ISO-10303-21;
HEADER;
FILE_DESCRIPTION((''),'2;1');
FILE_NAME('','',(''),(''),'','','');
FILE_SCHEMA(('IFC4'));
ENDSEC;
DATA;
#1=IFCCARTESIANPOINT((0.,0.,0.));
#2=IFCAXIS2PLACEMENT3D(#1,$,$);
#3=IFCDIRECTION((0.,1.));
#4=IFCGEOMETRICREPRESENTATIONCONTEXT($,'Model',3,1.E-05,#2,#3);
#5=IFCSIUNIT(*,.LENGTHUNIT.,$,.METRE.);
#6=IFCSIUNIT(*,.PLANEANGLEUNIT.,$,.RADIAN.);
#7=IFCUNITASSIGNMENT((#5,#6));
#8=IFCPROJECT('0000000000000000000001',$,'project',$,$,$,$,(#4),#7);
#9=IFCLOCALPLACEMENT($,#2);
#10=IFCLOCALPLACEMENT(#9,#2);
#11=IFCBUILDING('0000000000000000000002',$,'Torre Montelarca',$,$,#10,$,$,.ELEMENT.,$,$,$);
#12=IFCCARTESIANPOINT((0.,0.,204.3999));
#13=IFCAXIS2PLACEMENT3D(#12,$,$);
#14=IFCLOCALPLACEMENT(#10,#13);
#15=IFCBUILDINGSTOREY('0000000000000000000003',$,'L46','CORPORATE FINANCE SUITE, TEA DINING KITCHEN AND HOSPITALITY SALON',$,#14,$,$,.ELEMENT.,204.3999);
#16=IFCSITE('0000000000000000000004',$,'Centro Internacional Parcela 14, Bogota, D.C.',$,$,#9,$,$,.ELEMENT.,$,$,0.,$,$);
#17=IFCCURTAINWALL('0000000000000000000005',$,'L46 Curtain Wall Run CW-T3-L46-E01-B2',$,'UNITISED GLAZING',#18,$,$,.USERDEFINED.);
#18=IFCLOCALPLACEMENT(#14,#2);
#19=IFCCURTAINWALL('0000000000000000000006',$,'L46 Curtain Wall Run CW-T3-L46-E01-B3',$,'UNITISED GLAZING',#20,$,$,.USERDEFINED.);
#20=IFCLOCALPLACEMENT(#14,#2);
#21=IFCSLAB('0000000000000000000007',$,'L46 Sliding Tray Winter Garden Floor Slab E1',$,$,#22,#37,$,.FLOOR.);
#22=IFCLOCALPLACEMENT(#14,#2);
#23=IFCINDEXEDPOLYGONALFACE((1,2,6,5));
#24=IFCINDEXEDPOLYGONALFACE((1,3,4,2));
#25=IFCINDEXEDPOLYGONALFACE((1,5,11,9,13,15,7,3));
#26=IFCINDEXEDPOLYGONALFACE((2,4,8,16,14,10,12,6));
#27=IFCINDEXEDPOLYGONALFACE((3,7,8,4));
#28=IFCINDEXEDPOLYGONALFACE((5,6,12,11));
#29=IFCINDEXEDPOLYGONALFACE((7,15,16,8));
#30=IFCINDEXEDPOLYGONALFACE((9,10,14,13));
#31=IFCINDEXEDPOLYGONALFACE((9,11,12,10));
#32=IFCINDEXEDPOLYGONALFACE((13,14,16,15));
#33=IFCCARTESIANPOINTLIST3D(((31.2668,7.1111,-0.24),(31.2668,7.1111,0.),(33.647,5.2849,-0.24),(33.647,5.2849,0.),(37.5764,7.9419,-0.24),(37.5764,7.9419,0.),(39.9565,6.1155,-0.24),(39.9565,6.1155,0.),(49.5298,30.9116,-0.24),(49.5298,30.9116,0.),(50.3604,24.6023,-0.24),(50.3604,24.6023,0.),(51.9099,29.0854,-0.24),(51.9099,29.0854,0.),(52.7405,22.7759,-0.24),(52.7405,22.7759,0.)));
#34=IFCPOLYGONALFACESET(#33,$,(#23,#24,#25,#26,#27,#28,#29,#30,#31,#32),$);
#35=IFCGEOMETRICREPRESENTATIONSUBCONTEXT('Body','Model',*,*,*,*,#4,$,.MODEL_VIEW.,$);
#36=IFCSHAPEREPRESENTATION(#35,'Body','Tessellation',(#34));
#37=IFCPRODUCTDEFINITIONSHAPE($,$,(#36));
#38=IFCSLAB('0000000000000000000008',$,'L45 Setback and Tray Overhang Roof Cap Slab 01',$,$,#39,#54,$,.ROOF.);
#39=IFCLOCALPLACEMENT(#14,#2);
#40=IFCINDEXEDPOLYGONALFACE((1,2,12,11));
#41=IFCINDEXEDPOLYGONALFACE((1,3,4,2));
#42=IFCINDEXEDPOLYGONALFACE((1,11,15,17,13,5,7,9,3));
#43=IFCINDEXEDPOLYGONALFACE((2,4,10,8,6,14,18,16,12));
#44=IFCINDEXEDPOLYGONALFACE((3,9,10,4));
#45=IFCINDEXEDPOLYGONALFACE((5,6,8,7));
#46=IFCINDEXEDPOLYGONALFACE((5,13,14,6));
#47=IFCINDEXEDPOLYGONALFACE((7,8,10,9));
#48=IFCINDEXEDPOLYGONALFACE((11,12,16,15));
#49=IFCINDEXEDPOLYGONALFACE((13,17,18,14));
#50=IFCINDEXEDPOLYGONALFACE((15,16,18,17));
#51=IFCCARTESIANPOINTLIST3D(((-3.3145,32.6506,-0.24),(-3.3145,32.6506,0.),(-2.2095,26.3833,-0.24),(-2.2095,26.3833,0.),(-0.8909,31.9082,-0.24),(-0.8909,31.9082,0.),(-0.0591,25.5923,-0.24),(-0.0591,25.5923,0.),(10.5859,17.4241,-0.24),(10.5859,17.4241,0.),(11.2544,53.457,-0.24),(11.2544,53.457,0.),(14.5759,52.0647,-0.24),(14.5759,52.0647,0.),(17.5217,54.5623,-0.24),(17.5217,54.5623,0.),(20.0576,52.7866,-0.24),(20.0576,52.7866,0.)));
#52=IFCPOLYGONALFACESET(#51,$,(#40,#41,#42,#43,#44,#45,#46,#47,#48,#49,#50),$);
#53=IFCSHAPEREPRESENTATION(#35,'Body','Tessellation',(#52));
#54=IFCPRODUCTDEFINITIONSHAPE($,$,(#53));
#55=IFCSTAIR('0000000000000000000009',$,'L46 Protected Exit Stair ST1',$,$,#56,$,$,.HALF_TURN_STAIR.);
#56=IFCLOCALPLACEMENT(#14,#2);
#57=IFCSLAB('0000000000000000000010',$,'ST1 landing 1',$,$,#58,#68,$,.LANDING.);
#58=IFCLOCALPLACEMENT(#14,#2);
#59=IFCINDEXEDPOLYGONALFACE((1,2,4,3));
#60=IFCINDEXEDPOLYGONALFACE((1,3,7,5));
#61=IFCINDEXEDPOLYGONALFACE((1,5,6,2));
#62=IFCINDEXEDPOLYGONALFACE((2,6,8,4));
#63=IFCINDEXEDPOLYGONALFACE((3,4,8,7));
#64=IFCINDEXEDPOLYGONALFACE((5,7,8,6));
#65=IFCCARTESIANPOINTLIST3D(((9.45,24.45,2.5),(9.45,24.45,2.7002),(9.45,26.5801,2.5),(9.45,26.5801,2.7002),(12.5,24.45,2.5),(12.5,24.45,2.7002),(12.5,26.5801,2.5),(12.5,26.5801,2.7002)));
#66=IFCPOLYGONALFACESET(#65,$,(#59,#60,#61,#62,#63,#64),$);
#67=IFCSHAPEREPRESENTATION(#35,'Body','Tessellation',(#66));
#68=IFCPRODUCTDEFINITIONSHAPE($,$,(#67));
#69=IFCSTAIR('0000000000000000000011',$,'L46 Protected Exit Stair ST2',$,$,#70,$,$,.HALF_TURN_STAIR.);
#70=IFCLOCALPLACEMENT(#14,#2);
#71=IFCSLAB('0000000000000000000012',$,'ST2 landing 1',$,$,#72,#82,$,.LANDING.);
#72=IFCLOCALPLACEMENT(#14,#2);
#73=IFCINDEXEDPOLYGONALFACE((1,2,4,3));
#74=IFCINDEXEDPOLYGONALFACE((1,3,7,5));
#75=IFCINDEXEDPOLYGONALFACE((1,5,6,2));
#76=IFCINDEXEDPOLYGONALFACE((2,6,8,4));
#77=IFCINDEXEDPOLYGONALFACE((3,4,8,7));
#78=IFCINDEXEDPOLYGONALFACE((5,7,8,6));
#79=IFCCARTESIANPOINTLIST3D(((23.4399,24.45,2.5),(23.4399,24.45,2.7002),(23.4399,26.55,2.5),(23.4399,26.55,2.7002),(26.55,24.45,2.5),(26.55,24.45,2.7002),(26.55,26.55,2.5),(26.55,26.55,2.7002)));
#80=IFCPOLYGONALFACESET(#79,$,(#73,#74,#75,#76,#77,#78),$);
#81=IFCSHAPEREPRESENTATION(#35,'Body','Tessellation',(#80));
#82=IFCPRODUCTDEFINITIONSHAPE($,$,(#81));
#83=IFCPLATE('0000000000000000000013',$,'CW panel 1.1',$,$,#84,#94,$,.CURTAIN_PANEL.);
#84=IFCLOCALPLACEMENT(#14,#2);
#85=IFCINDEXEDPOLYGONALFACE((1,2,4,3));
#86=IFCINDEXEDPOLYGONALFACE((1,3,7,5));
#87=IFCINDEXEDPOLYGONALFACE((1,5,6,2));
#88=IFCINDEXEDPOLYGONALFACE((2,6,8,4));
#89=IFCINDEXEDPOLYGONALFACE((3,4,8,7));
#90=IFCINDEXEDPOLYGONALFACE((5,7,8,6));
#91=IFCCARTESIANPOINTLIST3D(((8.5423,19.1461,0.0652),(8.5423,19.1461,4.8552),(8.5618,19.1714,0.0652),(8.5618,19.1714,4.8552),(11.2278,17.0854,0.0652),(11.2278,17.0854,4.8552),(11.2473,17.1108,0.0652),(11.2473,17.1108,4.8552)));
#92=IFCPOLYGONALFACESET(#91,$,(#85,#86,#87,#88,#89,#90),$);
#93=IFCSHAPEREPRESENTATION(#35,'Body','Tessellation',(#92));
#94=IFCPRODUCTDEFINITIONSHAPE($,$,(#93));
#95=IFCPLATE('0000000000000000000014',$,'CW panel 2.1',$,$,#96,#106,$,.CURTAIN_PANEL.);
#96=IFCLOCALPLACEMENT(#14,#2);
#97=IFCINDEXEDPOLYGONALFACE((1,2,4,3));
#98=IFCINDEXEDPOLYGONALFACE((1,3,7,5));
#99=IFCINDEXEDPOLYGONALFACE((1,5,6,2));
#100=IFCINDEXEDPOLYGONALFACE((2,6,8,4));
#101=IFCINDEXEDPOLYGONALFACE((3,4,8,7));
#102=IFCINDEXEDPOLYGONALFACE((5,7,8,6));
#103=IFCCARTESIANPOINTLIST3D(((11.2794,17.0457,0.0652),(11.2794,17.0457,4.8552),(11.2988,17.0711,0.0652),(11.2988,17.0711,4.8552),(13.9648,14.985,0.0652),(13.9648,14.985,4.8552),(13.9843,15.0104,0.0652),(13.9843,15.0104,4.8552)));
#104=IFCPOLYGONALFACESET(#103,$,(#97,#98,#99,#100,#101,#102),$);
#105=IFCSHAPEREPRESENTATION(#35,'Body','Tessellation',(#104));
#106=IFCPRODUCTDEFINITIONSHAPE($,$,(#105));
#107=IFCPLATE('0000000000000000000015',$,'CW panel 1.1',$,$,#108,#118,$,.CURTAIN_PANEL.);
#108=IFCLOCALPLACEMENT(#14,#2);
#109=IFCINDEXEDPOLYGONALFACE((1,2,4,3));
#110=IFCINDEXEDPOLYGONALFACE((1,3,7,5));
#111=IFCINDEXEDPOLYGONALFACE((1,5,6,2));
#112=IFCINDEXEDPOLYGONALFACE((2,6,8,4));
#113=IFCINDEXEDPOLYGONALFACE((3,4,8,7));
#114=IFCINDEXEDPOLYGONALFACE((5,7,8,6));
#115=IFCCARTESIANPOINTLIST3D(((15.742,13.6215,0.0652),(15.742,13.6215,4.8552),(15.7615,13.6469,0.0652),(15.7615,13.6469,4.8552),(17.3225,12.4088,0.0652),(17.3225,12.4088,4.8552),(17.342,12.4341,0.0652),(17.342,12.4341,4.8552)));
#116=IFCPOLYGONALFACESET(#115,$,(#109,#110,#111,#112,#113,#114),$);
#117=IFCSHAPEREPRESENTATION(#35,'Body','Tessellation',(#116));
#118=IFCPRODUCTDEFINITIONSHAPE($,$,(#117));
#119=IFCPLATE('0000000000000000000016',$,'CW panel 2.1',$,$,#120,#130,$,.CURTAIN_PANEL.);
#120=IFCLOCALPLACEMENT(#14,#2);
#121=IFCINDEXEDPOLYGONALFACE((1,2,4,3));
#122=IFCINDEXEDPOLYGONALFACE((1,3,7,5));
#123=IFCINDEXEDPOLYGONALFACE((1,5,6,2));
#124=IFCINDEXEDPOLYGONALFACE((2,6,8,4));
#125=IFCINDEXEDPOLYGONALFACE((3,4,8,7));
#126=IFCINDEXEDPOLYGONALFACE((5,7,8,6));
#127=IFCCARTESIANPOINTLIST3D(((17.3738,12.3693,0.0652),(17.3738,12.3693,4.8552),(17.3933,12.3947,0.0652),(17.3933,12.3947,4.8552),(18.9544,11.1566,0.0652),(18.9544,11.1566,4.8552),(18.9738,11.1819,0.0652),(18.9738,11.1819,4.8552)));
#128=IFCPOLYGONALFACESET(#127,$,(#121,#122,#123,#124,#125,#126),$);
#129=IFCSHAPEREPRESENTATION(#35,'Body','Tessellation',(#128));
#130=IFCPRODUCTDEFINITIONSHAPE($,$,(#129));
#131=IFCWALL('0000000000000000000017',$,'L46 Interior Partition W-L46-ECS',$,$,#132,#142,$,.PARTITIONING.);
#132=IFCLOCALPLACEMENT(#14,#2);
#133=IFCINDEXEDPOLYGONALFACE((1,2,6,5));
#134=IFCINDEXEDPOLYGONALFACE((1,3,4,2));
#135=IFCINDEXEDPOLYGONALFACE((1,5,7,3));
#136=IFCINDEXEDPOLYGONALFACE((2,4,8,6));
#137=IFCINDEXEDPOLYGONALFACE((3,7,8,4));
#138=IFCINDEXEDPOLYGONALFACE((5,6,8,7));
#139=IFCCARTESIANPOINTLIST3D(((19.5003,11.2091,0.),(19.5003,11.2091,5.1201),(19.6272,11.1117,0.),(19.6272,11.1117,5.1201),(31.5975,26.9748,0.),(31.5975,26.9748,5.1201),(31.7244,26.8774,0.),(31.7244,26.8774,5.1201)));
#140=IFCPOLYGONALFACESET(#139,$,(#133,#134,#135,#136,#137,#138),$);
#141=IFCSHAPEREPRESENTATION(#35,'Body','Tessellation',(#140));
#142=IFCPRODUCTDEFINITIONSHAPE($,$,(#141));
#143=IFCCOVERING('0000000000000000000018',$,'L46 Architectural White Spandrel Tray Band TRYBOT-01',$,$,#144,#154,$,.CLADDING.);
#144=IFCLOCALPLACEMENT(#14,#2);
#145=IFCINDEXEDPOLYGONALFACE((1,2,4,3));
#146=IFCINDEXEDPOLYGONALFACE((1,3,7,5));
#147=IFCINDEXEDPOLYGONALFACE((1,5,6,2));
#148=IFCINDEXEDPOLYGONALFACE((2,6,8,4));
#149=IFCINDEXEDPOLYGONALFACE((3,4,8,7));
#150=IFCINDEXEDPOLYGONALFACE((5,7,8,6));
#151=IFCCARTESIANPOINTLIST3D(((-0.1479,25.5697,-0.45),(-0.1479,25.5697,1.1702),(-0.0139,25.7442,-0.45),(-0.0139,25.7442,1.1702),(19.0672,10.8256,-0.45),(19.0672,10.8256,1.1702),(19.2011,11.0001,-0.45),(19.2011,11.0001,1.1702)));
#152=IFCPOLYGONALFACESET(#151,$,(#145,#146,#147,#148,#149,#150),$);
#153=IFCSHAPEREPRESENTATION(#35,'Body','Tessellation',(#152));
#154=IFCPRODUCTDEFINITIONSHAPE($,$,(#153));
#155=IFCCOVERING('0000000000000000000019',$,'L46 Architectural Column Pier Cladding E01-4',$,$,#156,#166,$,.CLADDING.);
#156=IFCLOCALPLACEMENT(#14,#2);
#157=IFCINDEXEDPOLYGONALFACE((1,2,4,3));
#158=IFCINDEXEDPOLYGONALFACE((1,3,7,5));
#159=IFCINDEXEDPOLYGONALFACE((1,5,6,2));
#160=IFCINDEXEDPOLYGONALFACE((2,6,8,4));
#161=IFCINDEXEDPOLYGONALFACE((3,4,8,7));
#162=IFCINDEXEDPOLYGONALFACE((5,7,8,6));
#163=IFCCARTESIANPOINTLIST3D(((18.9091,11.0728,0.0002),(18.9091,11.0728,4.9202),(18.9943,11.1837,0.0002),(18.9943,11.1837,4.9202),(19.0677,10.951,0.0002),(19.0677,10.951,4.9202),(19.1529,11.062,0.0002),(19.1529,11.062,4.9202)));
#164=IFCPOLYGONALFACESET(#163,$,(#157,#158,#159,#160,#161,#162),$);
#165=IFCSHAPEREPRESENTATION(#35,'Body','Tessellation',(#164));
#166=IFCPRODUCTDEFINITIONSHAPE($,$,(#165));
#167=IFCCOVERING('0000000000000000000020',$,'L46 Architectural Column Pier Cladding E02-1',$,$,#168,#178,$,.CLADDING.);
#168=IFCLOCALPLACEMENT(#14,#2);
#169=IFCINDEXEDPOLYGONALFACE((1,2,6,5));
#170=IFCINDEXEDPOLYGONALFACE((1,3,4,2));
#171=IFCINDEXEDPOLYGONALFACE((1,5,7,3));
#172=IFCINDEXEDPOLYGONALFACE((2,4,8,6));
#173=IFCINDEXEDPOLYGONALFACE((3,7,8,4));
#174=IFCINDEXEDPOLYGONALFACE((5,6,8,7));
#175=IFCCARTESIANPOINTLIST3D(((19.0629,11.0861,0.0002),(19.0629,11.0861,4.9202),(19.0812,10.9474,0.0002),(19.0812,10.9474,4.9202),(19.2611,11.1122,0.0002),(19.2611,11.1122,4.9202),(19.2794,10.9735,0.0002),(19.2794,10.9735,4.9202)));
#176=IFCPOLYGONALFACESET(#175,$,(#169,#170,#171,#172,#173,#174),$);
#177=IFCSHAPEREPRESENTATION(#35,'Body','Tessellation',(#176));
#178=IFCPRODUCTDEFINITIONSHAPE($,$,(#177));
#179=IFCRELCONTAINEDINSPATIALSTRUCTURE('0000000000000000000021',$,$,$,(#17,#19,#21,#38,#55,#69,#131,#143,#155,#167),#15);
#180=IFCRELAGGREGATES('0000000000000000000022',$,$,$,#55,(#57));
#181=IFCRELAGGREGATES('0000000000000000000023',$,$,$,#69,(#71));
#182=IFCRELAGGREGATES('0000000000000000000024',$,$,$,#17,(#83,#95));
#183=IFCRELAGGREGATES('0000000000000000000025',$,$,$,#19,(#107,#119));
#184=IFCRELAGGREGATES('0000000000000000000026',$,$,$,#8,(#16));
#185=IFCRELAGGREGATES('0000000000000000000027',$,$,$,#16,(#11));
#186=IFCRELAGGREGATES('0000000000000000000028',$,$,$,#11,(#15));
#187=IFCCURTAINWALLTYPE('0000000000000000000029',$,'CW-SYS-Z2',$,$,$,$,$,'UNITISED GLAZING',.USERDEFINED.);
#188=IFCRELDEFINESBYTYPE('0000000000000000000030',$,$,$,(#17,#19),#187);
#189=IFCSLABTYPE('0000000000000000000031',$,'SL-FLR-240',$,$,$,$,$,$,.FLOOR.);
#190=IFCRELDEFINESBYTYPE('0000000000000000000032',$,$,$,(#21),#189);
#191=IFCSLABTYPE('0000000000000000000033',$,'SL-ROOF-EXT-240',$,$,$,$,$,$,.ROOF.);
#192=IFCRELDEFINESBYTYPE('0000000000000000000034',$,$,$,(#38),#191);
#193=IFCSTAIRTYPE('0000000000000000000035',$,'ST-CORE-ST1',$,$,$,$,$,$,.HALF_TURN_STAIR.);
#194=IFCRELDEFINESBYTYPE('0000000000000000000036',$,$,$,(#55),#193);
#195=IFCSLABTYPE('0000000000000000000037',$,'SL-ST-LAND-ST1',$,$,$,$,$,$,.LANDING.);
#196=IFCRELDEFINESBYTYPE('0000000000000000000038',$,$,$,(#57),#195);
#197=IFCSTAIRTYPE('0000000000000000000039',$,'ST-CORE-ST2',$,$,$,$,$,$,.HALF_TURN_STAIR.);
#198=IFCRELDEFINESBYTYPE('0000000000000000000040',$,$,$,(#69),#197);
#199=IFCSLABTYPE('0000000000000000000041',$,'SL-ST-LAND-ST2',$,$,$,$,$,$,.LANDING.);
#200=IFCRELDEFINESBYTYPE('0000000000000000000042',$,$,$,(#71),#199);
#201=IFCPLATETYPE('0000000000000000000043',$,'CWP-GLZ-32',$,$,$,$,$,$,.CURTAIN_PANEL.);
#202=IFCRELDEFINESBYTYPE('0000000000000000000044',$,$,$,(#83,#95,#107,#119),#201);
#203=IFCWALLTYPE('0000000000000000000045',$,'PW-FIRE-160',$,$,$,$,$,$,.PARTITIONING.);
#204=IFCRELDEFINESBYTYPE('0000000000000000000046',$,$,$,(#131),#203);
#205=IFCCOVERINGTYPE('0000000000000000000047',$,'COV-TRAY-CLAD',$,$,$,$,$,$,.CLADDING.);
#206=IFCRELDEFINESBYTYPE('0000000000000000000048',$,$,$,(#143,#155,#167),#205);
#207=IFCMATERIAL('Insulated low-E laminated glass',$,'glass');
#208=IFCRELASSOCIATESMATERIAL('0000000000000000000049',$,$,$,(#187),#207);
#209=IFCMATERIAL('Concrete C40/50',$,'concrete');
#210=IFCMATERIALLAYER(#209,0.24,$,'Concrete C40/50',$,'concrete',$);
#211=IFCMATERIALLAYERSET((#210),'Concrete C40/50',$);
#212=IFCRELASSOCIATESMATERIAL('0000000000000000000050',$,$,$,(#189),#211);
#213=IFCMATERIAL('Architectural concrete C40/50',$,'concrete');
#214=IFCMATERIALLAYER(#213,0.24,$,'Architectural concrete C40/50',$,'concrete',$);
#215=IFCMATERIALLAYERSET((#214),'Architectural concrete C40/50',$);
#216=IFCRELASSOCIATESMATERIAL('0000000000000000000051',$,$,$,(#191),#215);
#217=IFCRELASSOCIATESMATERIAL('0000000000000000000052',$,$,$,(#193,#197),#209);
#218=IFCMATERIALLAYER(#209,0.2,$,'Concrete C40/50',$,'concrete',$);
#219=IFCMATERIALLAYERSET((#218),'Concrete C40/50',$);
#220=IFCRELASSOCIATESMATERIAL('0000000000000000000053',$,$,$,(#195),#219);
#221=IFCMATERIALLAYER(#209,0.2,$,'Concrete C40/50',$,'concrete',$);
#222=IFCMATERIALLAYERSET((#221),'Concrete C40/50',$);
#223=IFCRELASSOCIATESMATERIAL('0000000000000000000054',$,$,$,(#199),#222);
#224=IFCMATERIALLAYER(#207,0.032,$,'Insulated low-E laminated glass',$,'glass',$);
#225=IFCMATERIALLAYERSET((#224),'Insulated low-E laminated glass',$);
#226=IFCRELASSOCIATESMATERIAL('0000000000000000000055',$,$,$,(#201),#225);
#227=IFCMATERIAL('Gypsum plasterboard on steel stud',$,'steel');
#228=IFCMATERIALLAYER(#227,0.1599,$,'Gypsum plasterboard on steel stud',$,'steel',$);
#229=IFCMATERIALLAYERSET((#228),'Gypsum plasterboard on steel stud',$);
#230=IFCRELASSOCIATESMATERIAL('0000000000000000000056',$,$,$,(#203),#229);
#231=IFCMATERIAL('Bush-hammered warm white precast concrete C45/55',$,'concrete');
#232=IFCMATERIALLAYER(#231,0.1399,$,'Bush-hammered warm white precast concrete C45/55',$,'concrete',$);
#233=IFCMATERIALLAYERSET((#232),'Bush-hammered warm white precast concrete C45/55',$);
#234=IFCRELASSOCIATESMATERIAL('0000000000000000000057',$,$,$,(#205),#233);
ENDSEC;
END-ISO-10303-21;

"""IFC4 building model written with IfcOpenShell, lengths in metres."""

from ifc_helpers import new_model, si_unit, direction, frame, frame_2d, origin, origin_2d, place, context, subcontext, project, spatial, polyline, rectangle, outline, extrude, source, transform, mapped, material, layer, layer_set, type_object, element, aggregate, save


model = new_model("IFC4")

# Units and contexts
model_context = context("Model", 3, precision=1e-05, world=origin(), true_north=direction((0.0, 1.0)))
body_context = subcontext(model_context, "Body", "Model", "MODEL_VIEW")
ifc_project = project(units=[si_unit("LENGTHUNIT", "METRE"), si_unit("PLANEANGLEUNIT", "RADIAN")], contexts=[model_context])

# Site, building, storey
site_placement = place(None, origin())
site = spatial("IfcSite", under=ifc_project, at=site_placement, Name="Centro Internacional Parcela 14, Bogota, D.C.", CompositionType="ELEMENT", RefElevation=0.0)
building_placement = place(site_placement, origin())
building = spatial("IfcBuilding", under=site, at=building_placement, Name="Torre Montelarca", CompositionType="ELEMENT")
storey_placement = place(building_placement, frame((0.0, 0.0, 204.3999)))
storey = spatial("IfcBuildingStorey", under=building, at=storey_placement, Name="L46", Description="CORPORATE FINANCE SUITE, TEA DINING KITCHEN AND HOSPITALITY SALON", CompositionType="ELEMENT", Elevation=204.3999)

# Shared definitions
ifc_material_1 = material(Name="Insulated low-E laminated glass", Category="glass")
curtain_wall_type = type_object("IfcCurtainWallType", Name="CW-SYS-Z2", ElementType="UNITISED GLAZING", PredefinedType="USERDEFINED", material=ifc_material_1)

# Curtain walls
curtain_wall_1_placement = place(storey_placement, origin())
curtain_wall_1 = element("IfcCurtainWall", 1, at=curtain_wall_1_placement, inside=storey, type_object=curtain_wall_type, Name="L46 Curtain Wall Run CW-T3-L46-E01-B2", ObjectType="UNITISED GLAZING", PredefinedType="USERDEFINED")
curtain_wall_2_placement = place(storey_placement, origin())
curtain_wall_2 = element("IfcCurtainWall", 2, at=curtain_wall_2_placement, inside=storey, type_object=curtain_wall_type, Name="L46 Curtain Wall Run CW-T3-L46-E01-B3", ObjectType="UNITISED GLAZING", PredefinedType="USERDEFINED")

# Slabs
ifc_material_2 = material(Name="Concrete C40/50", Category="concrete")
ifc_layer_1 = layer(ifc_material_2, 0.24, Name="Concrete C40/50", Category="concrete")
ifc_layer_set_1 = layer_set([ifc_layer_1], Name="Concrete C40/50")
slab_type_1 = type_object("IfcSlabType", Name="SL-FLR-240", PredefinedType="FLOOR", material=ifc_layer_set_1)
slab_1_placement = place(storey_placement, frame((0.0, 0.0, -0.24)))
element("IfcSlab", 3, at=slab_1_placement, inside=storey, type_object=slab_type_1, Name="L46 Sliding Tray Winter Garden Floor Slab E1", PredefinedType="FLOOR", context=body_context, shape_type="SweptSolid", body=[
    extrude(outline(polyline([(49.5298, 30.9116), (50.3604, 24.6023), (37.5764, 7.9419), (31.2668, 7.1111), (33.647, 5.2849), (39.9565, 6.1155), (52.7405, 22.7759), (51.9099, 29.0854), (49.5298, 30.9116)])), origin(), (0.0, 0.0, 1.0), 0.24),
])
ifc_material_3 = material(Name="Architectural concrete C40/50", Category="concrete")
ifc_layer_2 = layer(ifc_material_3, 0.24, Name="Architectural concrete C40/50", Category="concrete")
ifc_layer_set_2 = layer_set([ifc_layer_2], Name="Architectural concrete C40/50")
slab_type_2 = type_object("IfcSlabType", Name="SL-ROOF-EXT-240", PredefinedType="ROOF", material=ifc_layer_set_2)
slab_2_placement = place(storey_placement, frame((0.0, 0.0, -0.24)))
element("IfcSlab", 4, at=slab_2_placement, inside=storey, type_object=slab_type_2, Name="L45 Setback and Tray Overhang Roof Cap Slab 01", PredefinedType="ROOF", context=body_context, shape_type="SweptSolid", body=[
    extrude(outline(polyline([(-0.0591, 25.5923), (-0.8909, 31.9082), (14.5759, 52.0647), (20.0576, 52.7866), (17.5217, 54.5623), (11.2544, 53.457), (-3.3145, 32.6506), (-2.2095, 26.3833), (10.5859, 17.4241), (-0.0591, 25.5923)])), origin(), (0.0, 0.0, 1.0), 0.24),
])

# Stairs, slabs
stair_type_1 = type_object("IfcStairType", Name="ST-CORE-ST1", PredefinedType="HALF_TURN_STAIR", material=ifc_material_2)
stair_1_placement = place(storey_placement, origin())
stair_1 = element("IfcStair", 5, at=stair_1_placement, inside=storey, type_object=stair_type_1, Name="L46 Protected Exit Stair ST1", PredefinedType="HALF_TURN_STAIR")
ifc_layer_3 = layer(ifc_material_2, 0.2, Name="Concrete C40/50", Category="concrete")
ifc_layer_set_3 = layer_set([ifc_layer_3], Name="Concrete C40/50")
slab_type_3 = type_object("IfcSlabType", Name="SL-ST-LAND-ST1", PredefinedType="LANDING", material=ifc_layer_set_3)
slab_3_placement = place(storey_placement, frame((0.0, 0.0, 2.5)))
slab_3 = element("IfcSlab", 6, at=slab_3_placement, type_object=slab_type_3, Name="ST1 landing 1", PredefinedType="LANDING", context=body_context, shape_type="SweptSolid", body=[
    extrude(outline(polyline([(9.45, 26.5801), (9.45, 24.45), (12.5, 24.45), (12.5, 26.5801), (9.45, 26.5801)])), origin(), (0.0, 0.0, 1.0), 0.2002),
])
aggregate(stair_1, [slab_3])
stair_type_2 = type_object("IfcStairType", Name="ST-CORE-ST2", PredefinedType="HALF_TURN_STAIR", material=ifc_material_2)
stair_2_placement = place(storey_placement, origin())
stair_2 = element("IfcStair", 7, at=stair_2_placement, inside=storey, type_object=stair_type_2, Name="L46 Protected Exit Stair ST2", PredefinedType="HALF_TURN_STAIR")
ifc_layer_4 = layer(ifc_material_2, 0.2, Name="Concrete C40/50", Category="concrete")
ifc_layer_set_4 = layer_set([ifc_layer_4], Name="Concrete C40/50")
slab_type_4 = type_object("IfcSlabType", Name="SL-ST-LAND-ST2", PredefinedType="LANDING", material=ifc_layer_set_4)
slab_4_placement = place(storey_placement, frame((0.0, 0.0, 2.5)))
slab_4 = element("IfcSlab", 8, at=slab_4_placement, type_object=slab_type_4, Name="ST2 landing 1", PredefinedType="LANDING", context=body_context, shape_type="SweptSolid", body=[
    extrude(outline(polyline([(23.4399, 26.55), (23.4399, 24.45), (26.55, 24.45), (26.55, 26.55), (23.4399, 26.55)])), origin(), (0.0, 0.0, 1.0), 0.2002),
])
aggregate(stair_2, [slab_4])

# Plates
ifc_layer_5 = layer(ifc_material_1, 0.032, Name="Insulated low-E laminated glass", Category="glass")
ifc_layer_set_5 = layer_set([ifc_layer_5], Name="Insulated low-E laminated glass")
plate_type = type_object("IfcPlateType", Name="CWP-GLZ-32", PredefinedType="CURTAIN_PANEL", material=ifc_layer_set_5)
shared_shape_1 = source(origin(), body_context, "Body", "SweptSolid", [
    extrude(rectangle(XDim=3.385, YDim=0.032, at=origin_2d()), origin(), (0.0, 0.0, 1.0), 4.79),
])
plate_1_placement = place(storey_placement, frame((9.8948, 18.1284, 0.0652), z_axis=(0.0, 0.0, 1.0), x_axis=(0.793349, -0.608767, 0.0)))
plate_1 = element("IfcPlate", 9, at=plate_1_placement, type_object=plate_type, Name="CW panel 1.1", PredefinedType="CURTAIN_PANEL", context=body_context, shape_type="MappedRepresentation", body=[
    mapped(shared_shape_1, transform((0.0, 0.0, 0.0), scale=1.0)),
])
plate_2_placement = place(storey_placement, frame((12.6318, 16.0281, 0.0652), z_axis=(0.0, 0.0, 1.0), x_axis=(0.793349, -0.608767, 0.0)))
plate_2 = element("IfcPlate", 10, at=plate_2_placement, type_object=plate_type, Name="CW panel 2.1", PredefinedType="CURTAIN_PANEL", context=body_context, shape_type="MappedRepresentation", body=[
    mapped(shared_shape_1, transform((0.0, 0.0, 0.0), scale=1.0)),
])
aggregate(curtain_wall_1, [plate_1, plate_2])
shared_shape_2 = source(origin(), body_context, "Body", "SweptSolid", [
    extrude(rectangle(XDim=1.9922, YDim=0.032, at=origin_2d()), origin(), (0.0, 0.0, 1.0), 4.79),
])
plate_3_placement = place(storey_placement, frame((16.542, 13.0278, 0.0652), z_axis=(0.0, 0.0, 1.0), x_axis=(0.793359, -0.608754, 0.0)))
plate_3 = element("IfcPlate", 11, at=plate_3_placement, type_object=plate_type, Name="CW panel 1.1", PredefinedType="CURTAIN_PANEL", context=body_context, shape_type="MappedRepresentation", body=[
    mapped(shared_shape_2, transform((0.0, 0.0, 0.0), scale=1.0)),
])
plate_4_placement = place(storey_placement, frame((18.1738, 11.7756, 0.0652), z_axis=(0.0, 0.0, 1.0), x_axis=(0.793359, -0.608754, 0.0)))
plate_4 = element("IfcPlate", 12, at=plate_4_placement, type_object=plate_type, Name="CW panel 2.1", PredefinedType="CURTAIN_PANEL", context=body_context, shape_type="MappedRepresentation", body=[
    mapped(shared_shape_2, transform((0.0, 0.0, 0.0), scale=1.0)),
])
aggregate(curtain_wall_2, [plate_3, plate_4])

# Wall
ifc_material_4 = material(Name="Gypsum plasterboard on steel stud", Category="steel")
ifc_layer_6 = layer(ifc_material_4, 0.1599, Name="Gypsum plasterboard on steel stud", Category="steel")
ifc_layer_set_6 = layer_set([ifc_layer_6], Name="Gypsum plasterboard on steel stud")
wall_type = type_object("IfcWallType", Name="PW-FIRE-160", PredefinedType="PARTITIONING", material=ifc_layer_set_6)
wall_placement = place(storey_placement, frame((19.5637, 11.1604, 0.0), z_axis=(0.0, 0.0, 1.0), x_axis=(0.608754, 0.793359, 0.0)))
element("IfcWall", 13, at=wall_placement, inside=storey, type_object=wall_type, Name="L46 Interior Partition W-L46-ECS", PredefinedType="PARTITIONING", context=body_context, shape_type="SweptSolid", body=[
    extrude(rectangle(XDim=19.8721, YDim=0.1599, at=frame_2d((9.936, 0.0))), origin(), (0.0, 0.0, 1.0), 5.1201),
])

# Coverings
ifc_material_5 = material(Name="Bush-hammered warm white precast concrete C45/55", Category="concrete")
ifc_layer_7 = layer(ifc_material_5, 0.1399, Name="Bush-hammered warm white precast concrete C45/55", Category="concrete")
ifc_layer_set_7 = layer_set([ifc_layer_7], Name="Bush-hammered warm white precast concrete C45/55")
covering_type = type_object("IfcCoveringType", Name="COV-TRAY-CLAD", PredefinedType="CLADDING", material=ifc_layer_set_7)
shared_shape_3 = source(origin(), body_context, "Body", "SweptSolid", [
    extrude(rectangle(XDim=24.22, YDim=0.22, at=origin_2d()), origin(), (0.0, 0.0, 1.0), 1.6201),
])
covering_1_placement = place(storey_placement, frame((9.5266, 18.2849, -0.45), z_axis=(0.0, 0.0, 1.0), x_axis=(0.793354, -0.60876, 0.0)))
element("IfcCovering", 14, at=covering_1_placement, inside=storey, type_object=covering_type, Name="L46 Architectural White Spandrel Tray Band TRYBOT-01", PredefinedType="CLADDING", context=body_context, shape_type="MappedRepresentation", body=[
    mapped(shared_shape_3, transform((0.0, 0.0, 0.0), scale=1.0)),
])
shared_shape_4 = source(origin(), body_context, "Body", "SweptSolid", [
    extrude(rectangle(XDim=0.2, YDim=0.1399, at=origin_2d()), origin(), (0.0, 0.0, 1.0), 4.9199),
])
for number, where, z_axis, x_axis, name in (
    (15, (19.031, 11.0674, 0.0002), (0.0, 0.0, 1.0), (0.793352, -0.608763, 0.0), "L46 Architectural Column Pier Cladding E01-4"),
    (16, (19.1711, 11.0298, 0.0002), (0.0, 0.0, 1.0), (0.991447, 0.130512, 0.0), "L46 Architectural Column Pier Cladding E02-1"),
):
    element("IfcCovering", number, at=place(storey_placement, frame(where, z_axis=z_axis, x_axis=x_axis)), inside=storey, type_object=covering_type, Name=name, PredefinedType="CLADDING", context=body_context, shape_type="MappedRepresentation", body=[
        mapped(shared_shape_4, transform((0.0, 0.0, 0.0), scale=1.0)),
    ])

save(model, "model.ifc")
